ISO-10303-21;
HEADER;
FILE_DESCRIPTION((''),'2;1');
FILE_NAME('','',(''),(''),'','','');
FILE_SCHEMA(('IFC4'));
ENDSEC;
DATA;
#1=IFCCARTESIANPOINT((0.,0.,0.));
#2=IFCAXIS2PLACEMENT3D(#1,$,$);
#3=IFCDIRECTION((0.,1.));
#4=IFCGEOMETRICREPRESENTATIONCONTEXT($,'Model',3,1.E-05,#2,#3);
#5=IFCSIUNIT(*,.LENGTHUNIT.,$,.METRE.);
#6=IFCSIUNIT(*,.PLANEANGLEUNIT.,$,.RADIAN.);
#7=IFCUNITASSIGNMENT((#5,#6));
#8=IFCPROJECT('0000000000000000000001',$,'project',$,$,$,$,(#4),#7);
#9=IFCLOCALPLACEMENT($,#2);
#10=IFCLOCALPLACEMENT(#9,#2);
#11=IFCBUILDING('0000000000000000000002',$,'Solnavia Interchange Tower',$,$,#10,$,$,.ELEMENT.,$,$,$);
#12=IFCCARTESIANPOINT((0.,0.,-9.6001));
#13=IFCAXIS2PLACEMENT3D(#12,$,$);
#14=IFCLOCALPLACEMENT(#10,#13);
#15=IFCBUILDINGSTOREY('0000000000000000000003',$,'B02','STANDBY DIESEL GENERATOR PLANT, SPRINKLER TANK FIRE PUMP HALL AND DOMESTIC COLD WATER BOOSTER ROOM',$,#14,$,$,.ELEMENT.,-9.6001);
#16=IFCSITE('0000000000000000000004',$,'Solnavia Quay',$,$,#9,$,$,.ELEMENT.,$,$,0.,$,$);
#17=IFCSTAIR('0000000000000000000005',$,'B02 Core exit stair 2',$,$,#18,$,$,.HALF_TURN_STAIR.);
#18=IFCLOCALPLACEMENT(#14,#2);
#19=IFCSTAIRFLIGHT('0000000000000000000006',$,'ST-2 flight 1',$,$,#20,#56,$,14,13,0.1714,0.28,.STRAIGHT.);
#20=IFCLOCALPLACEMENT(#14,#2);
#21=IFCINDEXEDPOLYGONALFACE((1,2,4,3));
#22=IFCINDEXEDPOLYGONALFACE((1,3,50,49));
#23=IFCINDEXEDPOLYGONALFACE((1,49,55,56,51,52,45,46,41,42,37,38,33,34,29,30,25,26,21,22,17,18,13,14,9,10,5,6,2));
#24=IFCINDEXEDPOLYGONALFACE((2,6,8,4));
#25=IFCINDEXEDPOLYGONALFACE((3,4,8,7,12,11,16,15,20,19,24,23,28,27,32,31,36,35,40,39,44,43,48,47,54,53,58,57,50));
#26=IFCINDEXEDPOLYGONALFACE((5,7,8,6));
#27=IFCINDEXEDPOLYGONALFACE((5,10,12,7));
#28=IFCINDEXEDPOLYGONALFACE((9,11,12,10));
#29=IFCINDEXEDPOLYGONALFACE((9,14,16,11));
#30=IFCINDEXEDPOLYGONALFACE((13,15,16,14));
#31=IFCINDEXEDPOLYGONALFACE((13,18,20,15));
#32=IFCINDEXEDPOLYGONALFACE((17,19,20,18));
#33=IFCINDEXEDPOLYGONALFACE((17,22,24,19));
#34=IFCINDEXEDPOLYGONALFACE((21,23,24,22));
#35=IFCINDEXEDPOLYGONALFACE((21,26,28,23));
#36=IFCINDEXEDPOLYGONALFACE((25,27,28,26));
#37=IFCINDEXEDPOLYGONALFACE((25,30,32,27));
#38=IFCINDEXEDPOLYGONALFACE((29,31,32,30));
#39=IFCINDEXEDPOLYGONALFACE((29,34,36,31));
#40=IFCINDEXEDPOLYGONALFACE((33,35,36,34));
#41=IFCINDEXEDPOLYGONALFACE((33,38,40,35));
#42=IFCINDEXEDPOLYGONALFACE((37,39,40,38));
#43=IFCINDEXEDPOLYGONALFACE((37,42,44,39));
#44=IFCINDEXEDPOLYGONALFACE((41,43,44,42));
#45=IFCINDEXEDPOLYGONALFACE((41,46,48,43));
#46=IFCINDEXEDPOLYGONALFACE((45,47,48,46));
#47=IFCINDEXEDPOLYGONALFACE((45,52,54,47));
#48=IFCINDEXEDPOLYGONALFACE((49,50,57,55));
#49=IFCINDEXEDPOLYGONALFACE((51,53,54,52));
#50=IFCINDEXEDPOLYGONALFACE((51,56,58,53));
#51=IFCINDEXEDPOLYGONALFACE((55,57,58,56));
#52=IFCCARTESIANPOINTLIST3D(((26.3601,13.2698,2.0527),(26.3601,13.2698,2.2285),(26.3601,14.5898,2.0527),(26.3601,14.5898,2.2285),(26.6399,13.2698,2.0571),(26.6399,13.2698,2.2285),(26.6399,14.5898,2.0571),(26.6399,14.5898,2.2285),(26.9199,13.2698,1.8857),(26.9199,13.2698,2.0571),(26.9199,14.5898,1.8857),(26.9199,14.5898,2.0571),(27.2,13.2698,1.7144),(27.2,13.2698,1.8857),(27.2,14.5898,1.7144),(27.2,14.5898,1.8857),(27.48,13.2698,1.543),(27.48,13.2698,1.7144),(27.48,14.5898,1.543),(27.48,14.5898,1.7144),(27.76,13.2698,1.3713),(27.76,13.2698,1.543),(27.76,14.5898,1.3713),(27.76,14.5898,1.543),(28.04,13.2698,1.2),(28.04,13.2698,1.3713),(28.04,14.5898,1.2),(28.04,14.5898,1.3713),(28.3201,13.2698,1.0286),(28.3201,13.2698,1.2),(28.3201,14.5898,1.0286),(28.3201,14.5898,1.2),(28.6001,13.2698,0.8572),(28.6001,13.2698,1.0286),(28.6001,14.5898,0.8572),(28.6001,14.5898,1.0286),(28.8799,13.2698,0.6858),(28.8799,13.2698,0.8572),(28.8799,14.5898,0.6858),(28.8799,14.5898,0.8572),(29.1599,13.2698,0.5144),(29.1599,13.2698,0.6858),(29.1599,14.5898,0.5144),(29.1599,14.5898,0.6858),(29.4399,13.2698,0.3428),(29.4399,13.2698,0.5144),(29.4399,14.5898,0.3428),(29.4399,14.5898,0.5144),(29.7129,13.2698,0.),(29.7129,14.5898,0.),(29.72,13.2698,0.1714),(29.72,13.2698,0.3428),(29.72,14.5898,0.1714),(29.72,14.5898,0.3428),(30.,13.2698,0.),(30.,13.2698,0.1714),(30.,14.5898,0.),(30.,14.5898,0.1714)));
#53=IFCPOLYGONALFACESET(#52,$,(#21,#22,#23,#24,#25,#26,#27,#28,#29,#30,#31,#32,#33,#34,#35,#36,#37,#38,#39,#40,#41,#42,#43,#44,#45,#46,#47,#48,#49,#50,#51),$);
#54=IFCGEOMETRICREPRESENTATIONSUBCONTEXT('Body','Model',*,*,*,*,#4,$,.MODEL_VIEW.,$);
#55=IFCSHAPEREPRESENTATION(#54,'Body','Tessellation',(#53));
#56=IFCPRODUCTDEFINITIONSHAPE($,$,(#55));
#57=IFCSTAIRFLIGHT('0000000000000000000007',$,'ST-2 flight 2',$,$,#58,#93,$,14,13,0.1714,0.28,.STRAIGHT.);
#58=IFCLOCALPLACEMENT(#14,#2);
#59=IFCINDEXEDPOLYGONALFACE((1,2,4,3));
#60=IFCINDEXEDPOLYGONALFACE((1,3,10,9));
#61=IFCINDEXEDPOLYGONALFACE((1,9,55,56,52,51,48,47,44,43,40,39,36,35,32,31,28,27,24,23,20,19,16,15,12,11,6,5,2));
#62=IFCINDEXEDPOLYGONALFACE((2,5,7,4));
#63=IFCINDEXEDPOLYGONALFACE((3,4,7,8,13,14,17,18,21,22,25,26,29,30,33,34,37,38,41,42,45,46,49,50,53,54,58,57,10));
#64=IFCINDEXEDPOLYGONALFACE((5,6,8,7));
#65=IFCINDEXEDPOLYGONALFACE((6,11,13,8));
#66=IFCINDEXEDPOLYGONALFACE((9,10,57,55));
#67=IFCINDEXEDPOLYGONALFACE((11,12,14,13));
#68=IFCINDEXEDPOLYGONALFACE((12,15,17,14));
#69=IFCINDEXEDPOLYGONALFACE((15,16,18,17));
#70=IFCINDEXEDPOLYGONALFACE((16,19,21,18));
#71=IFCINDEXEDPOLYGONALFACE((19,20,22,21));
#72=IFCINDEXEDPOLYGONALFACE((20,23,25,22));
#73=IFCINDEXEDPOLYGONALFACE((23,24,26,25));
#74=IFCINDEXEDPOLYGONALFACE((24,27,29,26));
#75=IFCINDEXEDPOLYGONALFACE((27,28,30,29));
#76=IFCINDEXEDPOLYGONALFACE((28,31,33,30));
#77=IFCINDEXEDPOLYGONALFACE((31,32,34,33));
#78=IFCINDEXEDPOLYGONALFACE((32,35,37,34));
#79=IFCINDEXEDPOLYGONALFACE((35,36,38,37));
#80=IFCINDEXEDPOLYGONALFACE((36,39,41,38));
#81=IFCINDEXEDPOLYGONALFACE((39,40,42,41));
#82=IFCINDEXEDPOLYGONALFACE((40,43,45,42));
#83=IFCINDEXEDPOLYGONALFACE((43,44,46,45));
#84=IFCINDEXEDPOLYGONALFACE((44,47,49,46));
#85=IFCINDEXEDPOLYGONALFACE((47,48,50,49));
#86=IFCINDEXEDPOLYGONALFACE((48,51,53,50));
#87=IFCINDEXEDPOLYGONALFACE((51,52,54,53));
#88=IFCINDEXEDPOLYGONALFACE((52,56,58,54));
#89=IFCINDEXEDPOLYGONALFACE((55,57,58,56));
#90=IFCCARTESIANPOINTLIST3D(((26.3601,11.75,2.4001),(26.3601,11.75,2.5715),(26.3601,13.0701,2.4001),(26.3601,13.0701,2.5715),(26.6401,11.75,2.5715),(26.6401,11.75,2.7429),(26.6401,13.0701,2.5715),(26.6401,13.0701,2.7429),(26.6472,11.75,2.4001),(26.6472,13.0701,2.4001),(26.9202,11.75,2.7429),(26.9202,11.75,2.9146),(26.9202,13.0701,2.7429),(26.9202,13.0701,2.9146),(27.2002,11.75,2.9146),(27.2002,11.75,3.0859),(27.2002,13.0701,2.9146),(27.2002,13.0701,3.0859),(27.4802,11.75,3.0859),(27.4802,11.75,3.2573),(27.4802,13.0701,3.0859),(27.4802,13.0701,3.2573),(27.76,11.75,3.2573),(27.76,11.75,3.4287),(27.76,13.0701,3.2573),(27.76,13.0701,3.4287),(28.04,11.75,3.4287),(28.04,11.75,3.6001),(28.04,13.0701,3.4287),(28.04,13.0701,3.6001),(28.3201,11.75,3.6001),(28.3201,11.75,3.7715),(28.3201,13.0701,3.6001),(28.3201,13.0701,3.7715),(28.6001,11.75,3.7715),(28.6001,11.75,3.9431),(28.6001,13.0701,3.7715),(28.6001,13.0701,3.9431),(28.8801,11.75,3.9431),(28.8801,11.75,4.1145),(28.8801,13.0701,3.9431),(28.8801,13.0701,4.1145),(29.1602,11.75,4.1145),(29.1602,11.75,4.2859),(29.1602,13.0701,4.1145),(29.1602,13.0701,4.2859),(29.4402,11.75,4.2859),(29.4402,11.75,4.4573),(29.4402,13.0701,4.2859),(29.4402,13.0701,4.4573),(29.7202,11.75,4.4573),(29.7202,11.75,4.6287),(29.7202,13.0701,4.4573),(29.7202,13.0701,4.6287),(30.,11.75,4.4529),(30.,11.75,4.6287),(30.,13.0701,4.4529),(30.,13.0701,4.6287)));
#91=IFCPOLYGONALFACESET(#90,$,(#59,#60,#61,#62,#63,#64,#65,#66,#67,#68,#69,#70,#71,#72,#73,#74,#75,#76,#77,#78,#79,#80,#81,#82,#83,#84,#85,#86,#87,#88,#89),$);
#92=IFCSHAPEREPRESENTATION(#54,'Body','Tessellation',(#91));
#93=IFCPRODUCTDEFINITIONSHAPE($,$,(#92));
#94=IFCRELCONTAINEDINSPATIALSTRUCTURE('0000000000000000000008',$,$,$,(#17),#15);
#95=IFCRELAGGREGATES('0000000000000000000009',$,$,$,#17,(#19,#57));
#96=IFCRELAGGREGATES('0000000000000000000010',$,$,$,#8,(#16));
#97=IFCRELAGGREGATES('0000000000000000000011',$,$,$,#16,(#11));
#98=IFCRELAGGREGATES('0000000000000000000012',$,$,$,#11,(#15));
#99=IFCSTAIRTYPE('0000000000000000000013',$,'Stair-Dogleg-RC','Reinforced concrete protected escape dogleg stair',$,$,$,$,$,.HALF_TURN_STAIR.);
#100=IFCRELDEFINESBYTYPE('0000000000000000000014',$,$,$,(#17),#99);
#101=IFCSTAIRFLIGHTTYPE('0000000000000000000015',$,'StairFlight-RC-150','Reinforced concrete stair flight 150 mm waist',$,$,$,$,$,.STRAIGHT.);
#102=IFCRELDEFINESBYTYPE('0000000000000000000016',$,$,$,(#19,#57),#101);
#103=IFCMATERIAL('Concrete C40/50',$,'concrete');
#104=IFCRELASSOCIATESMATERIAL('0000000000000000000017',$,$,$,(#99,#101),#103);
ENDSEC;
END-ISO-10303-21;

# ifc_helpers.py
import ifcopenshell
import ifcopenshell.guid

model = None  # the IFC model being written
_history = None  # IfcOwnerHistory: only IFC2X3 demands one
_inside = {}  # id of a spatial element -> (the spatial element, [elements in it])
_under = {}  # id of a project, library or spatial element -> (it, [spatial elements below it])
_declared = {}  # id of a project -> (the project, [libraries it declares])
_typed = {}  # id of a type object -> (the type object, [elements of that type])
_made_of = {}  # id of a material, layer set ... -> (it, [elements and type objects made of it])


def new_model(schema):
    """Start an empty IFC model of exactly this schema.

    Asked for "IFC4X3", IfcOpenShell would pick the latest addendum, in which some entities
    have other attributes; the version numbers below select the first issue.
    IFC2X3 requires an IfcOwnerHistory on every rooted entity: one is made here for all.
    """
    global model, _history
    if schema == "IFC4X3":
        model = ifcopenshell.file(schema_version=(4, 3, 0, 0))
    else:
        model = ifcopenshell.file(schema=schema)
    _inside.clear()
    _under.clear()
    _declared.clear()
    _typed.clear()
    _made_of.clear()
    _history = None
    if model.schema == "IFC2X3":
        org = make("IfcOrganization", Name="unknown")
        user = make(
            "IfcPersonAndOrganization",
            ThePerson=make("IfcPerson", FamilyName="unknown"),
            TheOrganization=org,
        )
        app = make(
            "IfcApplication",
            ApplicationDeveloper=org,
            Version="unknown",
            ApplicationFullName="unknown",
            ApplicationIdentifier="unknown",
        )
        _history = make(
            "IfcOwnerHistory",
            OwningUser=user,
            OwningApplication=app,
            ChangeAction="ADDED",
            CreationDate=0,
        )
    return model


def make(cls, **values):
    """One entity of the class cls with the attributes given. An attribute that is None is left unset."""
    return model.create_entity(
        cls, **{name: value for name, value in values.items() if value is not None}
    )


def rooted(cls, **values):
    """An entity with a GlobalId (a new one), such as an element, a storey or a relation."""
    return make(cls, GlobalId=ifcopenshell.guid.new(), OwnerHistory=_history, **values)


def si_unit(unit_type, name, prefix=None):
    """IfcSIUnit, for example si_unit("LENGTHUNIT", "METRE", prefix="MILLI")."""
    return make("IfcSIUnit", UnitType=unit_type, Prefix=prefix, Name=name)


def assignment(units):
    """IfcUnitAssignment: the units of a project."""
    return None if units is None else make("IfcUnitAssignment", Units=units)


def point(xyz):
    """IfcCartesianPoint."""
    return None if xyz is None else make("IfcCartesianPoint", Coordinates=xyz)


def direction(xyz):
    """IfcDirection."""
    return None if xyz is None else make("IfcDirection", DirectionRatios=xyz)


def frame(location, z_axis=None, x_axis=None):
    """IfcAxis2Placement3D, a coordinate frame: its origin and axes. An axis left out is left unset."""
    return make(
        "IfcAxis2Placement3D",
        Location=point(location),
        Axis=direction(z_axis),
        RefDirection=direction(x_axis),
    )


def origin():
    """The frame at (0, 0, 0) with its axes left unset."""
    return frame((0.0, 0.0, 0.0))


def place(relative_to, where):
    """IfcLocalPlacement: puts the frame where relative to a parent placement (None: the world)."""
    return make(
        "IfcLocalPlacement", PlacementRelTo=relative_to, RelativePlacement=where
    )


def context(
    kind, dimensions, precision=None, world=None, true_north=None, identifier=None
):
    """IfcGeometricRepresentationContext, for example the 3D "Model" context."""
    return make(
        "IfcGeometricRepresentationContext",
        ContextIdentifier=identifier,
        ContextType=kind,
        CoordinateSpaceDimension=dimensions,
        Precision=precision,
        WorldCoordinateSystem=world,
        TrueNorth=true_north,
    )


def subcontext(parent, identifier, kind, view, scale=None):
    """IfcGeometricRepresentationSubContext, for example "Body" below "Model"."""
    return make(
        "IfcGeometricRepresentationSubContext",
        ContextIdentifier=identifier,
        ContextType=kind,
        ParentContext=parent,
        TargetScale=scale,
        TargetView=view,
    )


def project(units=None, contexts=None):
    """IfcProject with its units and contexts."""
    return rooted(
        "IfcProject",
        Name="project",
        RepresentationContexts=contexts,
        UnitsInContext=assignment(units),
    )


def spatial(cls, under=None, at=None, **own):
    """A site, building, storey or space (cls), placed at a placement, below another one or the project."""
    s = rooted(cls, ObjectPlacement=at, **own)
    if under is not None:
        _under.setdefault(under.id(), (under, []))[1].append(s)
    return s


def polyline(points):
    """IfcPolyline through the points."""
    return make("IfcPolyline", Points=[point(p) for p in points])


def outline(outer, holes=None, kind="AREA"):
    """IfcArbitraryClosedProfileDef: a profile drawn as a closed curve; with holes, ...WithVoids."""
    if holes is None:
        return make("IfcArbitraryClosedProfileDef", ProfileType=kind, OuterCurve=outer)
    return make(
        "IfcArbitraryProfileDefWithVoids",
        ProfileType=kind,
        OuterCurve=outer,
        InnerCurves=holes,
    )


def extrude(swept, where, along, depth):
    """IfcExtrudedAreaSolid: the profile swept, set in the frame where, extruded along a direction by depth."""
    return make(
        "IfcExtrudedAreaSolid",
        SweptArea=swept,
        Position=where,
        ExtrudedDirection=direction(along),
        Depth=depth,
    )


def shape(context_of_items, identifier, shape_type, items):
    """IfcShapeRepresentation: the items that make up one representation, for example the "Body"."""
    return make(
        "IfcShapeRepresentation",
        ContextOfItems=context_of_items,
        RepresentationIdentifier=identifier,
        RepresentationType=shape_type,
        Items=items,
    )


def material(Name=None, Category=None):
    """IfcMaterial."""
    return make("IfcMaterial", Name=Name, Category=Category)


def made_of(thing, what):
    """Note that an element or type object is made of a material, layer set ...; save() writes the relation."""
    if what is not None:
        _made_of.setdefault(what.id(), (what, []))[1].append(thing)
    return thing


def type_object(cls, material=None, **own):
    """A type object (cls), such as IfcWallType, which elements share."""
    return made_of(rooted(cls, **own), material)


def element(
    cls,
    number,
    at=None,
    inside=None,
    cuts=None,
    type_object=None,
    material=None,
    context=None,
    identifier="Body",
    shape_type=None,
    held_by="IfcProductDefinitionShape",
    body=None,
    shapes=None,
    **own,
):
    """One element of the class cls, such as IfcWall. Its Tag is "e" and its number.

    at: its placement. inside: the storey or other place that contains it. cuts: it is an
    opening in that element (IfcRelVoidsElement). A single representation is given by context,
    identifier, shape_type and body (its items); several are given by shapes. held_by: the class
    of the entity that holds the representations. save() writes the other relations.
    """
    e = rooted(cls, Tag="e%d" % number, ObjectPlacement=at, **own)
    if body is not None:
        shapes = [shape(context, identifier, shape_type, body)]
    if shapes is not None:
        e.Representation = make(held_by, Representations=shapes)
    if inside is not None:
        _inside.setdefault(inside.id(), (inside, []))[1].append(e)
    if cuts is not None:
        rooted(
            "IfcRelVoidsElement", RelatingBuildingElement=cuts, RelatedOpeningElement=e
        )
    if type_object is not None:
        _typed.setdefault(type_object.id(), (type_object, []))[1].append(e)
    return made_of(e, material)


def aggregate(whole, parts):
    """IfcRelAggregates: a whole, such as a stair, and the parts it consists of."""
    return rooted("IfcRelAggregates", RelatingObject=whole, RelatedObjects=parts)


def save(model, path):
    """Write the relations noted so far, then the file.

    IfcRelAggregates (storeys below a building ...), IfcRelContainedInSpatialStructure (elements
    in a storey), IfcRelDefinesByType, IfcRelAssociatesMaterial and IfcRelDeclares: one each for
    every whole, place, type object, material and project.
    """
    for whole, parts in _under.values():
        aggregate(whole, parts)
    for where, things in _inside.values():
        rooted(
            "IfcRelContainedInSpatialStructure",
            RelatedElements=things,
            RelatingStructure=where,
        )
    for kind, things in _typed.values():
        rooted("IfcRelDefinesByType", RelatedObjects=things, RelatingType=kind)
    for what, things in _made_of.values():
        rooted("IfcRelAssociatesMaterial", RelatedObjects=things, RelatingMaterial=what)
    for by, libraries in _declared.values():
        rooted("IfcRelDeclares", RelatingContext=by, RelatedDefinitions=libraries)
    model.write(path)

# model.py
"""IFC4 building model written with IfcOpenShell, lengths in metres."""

from ifc_helpers import new_model, si_unit, direction, frame, origin, place, context, subcontext, project, spatial, polyline, outline, extrude, material, type_object, element, aggregate, save


model = new_model("IFC4")

# Units and contexts
model_context = context("Model", 3, precision=1e-05, world=origin(), true_north=direction((0.0, 1.0)))
body_context = subcontext(model_context, "Body", "Model", "MODEL_VIEW")
ifc_project = project(units=[si_unit("LENGTHUNIT", "METRE"), si_unit("PLANEANGLEUNIT", "RADIAN")], contexts=[model_context])

# Site, building, storey
site_placement = place(None, origin())
site = spatial("IfcSite", under=ifc_project, at=site_placement, Name="Solnavia Quay", CompositionType="ELEMENT", RefElevation=0.0)
building_placement = place(site_placement, origin())
building = spatial("IfcBuilding", under=site, at=building_placement, Name="Solnavia Interchange Tower", CompositionType="ELEMENT")
storey_placement = place(building_placement, frame((0.0, 0.0, -9.6001)))
storey = spatial("IfcBuildingStorey", under=building, at=storey_placement, Name="B02", Description="STANDBY DIESEL GENERATOR PLANT, SPRINKLER TANK FIRE PUMP HALL AND DOMESTIC COLD WATER BOOSTER ROOM", CompositionType="ELEMENT", Elevation=-9.6001)

# Shared definitions
ifc_material_1 = material(Name="Concrete C40/50", Category="concrete")

# Stair, stair flights
stair_type = type_object("IfcStairType", Name="Stair-Dogleg-RC", Description="Reinforced concrete protected escape dogleg stair", PredefinedType="HALF_TURN_STAIR", material=ifc_material_1)
stair_flight_type = type_object("IfcStairFlightType", Name="StairFlight-RC-150", Description="Reinforced concrete stair flight 150 mm waist", PredefinedType="STRAIGHT", material=ifc_material_1)
stair_1_placement = place(storey_placement, origin())
stair_1 = element("IfcStair", 1, at=stair_1_placement, inside=storey, type_object=stair_type, Name="B02 Core exit stair 2", PredefinedType="HALF_TURN_STAIR")
stair_flight_1_placement = place(storey_placement, frame((30.0, 13.9299, 0.0), z_axis=(0.0, 0.0, 1.0), x_axis=(-1.0, 0.0, 0.0)))
stair_flight_1 = element("IfcStairFlight", 2, at=stair_flight_1_placement, type_object=stair_flight_type, Name="ST-2 flight 1", NumberOfRisers=14, NumberOfTreads=13, PredefinedType="STRAIGHT", RiserHeight=0.1714, TreadLength=0.28, context=body_context, shape_type="SweptSolid", body=[
    extrude(outline(polyline([(0.0, 0.0), (0.0, 0.1714), (0.28, 0.1714), (0.28, 0.3428), (0.5601, 0.3428), (0.5601, 0.5144), (0.8401, 0.5144), (0.8401, 0.6858), (1.1201, 0.6858), (1.1201, 0.8572), (1.3999, 0.8572), (1.3999, 1.0286), (1.6799, 1.0286), (1.6799, 1.2), (1.96, 1.2), (1.96, 1.3713), (2.24, 1.3713), (2.24, 1.543), (2.52, 1.543), (2.52, 1.7144), (2.8, 1.7144), (2.8, 1.8857), (3.0801, 1.8857), (3.0801, 2.0571), (3.3601, 2.0571), (3.3601, 2.2285), (3.6399, 2.2285), (3.6399, 2.3999), (3.6399, 2.0527), (0.2871, 0.0), (0.0, 0.0)])), frame((0.0, 0.6602, 0.0), z_axis=(0.0, -1.0, 0.0), x_axis=(1.0, 0.0, 0.0)), (0.0, 0.0, 1.0), 1.3201),
])
stair_flight_2_placement = place(storey_placement, frame((26.3601, 12.4099, 2.4001), z_axis=(0.0, 0.0, 1.0), x_axis=(1.0, 0.0, 0.0)))
stair_flight_2 = element("IfcStairFlight", 3, at=stair_flight_2_placement, type_object=stair_flight_type, Name="ST-2 flight 2", NumberOfRisers=14, NumberOfTreads=13, PredefinedType="STRAIGHT", RiserHeight=0.1714, TreadLength=0.28, context=body_context, shape_type="SweptSolid", body=[
    extrude(outline(polyline([(0.0, 0.0), (0.0, 0.1714), (0.28, 0.1714), (0.28, 0.3428), (0.5601, 0.3428), (0.5601, 0.5144), (0.8401, 0.5144), (0.8401, 0.6858), (1.1201, 0.6858), (1.1201, 0.8572), (1.3999, 0.8572), (1.3999, 1.0286), (1.6799, 1.0286), (1.6799, 1.2), (1.96, 1.2), (1.96, 1.3713), (2.24, 1.3713), (2.24, 1.543), (2.52, 1.543), (2.52, 1.7144), (2.8, 1.7144), (2.8, 1.8857), (3.0801, 1.8857), (3.0801, 2.0571), (3.3601, 2.0571), (3.3601, 2.2285), (3.6399, 2.2285), (3.6399, 2.3999), (3.6399, 2.0527), (0.2871, 0.0), (0.0, 0.0)])), frame((0.0, 0.6602, 0.0), z_axis=(0.0, -1.0, 0.0), x_axis=(1.0, 0.0, 0.0)), (0.0, 0.0, 1.0), 1.3201),
])
aggregate(stair_1, [stair_flight_1, stair_flight_2])

save(model, "model.ifc")
